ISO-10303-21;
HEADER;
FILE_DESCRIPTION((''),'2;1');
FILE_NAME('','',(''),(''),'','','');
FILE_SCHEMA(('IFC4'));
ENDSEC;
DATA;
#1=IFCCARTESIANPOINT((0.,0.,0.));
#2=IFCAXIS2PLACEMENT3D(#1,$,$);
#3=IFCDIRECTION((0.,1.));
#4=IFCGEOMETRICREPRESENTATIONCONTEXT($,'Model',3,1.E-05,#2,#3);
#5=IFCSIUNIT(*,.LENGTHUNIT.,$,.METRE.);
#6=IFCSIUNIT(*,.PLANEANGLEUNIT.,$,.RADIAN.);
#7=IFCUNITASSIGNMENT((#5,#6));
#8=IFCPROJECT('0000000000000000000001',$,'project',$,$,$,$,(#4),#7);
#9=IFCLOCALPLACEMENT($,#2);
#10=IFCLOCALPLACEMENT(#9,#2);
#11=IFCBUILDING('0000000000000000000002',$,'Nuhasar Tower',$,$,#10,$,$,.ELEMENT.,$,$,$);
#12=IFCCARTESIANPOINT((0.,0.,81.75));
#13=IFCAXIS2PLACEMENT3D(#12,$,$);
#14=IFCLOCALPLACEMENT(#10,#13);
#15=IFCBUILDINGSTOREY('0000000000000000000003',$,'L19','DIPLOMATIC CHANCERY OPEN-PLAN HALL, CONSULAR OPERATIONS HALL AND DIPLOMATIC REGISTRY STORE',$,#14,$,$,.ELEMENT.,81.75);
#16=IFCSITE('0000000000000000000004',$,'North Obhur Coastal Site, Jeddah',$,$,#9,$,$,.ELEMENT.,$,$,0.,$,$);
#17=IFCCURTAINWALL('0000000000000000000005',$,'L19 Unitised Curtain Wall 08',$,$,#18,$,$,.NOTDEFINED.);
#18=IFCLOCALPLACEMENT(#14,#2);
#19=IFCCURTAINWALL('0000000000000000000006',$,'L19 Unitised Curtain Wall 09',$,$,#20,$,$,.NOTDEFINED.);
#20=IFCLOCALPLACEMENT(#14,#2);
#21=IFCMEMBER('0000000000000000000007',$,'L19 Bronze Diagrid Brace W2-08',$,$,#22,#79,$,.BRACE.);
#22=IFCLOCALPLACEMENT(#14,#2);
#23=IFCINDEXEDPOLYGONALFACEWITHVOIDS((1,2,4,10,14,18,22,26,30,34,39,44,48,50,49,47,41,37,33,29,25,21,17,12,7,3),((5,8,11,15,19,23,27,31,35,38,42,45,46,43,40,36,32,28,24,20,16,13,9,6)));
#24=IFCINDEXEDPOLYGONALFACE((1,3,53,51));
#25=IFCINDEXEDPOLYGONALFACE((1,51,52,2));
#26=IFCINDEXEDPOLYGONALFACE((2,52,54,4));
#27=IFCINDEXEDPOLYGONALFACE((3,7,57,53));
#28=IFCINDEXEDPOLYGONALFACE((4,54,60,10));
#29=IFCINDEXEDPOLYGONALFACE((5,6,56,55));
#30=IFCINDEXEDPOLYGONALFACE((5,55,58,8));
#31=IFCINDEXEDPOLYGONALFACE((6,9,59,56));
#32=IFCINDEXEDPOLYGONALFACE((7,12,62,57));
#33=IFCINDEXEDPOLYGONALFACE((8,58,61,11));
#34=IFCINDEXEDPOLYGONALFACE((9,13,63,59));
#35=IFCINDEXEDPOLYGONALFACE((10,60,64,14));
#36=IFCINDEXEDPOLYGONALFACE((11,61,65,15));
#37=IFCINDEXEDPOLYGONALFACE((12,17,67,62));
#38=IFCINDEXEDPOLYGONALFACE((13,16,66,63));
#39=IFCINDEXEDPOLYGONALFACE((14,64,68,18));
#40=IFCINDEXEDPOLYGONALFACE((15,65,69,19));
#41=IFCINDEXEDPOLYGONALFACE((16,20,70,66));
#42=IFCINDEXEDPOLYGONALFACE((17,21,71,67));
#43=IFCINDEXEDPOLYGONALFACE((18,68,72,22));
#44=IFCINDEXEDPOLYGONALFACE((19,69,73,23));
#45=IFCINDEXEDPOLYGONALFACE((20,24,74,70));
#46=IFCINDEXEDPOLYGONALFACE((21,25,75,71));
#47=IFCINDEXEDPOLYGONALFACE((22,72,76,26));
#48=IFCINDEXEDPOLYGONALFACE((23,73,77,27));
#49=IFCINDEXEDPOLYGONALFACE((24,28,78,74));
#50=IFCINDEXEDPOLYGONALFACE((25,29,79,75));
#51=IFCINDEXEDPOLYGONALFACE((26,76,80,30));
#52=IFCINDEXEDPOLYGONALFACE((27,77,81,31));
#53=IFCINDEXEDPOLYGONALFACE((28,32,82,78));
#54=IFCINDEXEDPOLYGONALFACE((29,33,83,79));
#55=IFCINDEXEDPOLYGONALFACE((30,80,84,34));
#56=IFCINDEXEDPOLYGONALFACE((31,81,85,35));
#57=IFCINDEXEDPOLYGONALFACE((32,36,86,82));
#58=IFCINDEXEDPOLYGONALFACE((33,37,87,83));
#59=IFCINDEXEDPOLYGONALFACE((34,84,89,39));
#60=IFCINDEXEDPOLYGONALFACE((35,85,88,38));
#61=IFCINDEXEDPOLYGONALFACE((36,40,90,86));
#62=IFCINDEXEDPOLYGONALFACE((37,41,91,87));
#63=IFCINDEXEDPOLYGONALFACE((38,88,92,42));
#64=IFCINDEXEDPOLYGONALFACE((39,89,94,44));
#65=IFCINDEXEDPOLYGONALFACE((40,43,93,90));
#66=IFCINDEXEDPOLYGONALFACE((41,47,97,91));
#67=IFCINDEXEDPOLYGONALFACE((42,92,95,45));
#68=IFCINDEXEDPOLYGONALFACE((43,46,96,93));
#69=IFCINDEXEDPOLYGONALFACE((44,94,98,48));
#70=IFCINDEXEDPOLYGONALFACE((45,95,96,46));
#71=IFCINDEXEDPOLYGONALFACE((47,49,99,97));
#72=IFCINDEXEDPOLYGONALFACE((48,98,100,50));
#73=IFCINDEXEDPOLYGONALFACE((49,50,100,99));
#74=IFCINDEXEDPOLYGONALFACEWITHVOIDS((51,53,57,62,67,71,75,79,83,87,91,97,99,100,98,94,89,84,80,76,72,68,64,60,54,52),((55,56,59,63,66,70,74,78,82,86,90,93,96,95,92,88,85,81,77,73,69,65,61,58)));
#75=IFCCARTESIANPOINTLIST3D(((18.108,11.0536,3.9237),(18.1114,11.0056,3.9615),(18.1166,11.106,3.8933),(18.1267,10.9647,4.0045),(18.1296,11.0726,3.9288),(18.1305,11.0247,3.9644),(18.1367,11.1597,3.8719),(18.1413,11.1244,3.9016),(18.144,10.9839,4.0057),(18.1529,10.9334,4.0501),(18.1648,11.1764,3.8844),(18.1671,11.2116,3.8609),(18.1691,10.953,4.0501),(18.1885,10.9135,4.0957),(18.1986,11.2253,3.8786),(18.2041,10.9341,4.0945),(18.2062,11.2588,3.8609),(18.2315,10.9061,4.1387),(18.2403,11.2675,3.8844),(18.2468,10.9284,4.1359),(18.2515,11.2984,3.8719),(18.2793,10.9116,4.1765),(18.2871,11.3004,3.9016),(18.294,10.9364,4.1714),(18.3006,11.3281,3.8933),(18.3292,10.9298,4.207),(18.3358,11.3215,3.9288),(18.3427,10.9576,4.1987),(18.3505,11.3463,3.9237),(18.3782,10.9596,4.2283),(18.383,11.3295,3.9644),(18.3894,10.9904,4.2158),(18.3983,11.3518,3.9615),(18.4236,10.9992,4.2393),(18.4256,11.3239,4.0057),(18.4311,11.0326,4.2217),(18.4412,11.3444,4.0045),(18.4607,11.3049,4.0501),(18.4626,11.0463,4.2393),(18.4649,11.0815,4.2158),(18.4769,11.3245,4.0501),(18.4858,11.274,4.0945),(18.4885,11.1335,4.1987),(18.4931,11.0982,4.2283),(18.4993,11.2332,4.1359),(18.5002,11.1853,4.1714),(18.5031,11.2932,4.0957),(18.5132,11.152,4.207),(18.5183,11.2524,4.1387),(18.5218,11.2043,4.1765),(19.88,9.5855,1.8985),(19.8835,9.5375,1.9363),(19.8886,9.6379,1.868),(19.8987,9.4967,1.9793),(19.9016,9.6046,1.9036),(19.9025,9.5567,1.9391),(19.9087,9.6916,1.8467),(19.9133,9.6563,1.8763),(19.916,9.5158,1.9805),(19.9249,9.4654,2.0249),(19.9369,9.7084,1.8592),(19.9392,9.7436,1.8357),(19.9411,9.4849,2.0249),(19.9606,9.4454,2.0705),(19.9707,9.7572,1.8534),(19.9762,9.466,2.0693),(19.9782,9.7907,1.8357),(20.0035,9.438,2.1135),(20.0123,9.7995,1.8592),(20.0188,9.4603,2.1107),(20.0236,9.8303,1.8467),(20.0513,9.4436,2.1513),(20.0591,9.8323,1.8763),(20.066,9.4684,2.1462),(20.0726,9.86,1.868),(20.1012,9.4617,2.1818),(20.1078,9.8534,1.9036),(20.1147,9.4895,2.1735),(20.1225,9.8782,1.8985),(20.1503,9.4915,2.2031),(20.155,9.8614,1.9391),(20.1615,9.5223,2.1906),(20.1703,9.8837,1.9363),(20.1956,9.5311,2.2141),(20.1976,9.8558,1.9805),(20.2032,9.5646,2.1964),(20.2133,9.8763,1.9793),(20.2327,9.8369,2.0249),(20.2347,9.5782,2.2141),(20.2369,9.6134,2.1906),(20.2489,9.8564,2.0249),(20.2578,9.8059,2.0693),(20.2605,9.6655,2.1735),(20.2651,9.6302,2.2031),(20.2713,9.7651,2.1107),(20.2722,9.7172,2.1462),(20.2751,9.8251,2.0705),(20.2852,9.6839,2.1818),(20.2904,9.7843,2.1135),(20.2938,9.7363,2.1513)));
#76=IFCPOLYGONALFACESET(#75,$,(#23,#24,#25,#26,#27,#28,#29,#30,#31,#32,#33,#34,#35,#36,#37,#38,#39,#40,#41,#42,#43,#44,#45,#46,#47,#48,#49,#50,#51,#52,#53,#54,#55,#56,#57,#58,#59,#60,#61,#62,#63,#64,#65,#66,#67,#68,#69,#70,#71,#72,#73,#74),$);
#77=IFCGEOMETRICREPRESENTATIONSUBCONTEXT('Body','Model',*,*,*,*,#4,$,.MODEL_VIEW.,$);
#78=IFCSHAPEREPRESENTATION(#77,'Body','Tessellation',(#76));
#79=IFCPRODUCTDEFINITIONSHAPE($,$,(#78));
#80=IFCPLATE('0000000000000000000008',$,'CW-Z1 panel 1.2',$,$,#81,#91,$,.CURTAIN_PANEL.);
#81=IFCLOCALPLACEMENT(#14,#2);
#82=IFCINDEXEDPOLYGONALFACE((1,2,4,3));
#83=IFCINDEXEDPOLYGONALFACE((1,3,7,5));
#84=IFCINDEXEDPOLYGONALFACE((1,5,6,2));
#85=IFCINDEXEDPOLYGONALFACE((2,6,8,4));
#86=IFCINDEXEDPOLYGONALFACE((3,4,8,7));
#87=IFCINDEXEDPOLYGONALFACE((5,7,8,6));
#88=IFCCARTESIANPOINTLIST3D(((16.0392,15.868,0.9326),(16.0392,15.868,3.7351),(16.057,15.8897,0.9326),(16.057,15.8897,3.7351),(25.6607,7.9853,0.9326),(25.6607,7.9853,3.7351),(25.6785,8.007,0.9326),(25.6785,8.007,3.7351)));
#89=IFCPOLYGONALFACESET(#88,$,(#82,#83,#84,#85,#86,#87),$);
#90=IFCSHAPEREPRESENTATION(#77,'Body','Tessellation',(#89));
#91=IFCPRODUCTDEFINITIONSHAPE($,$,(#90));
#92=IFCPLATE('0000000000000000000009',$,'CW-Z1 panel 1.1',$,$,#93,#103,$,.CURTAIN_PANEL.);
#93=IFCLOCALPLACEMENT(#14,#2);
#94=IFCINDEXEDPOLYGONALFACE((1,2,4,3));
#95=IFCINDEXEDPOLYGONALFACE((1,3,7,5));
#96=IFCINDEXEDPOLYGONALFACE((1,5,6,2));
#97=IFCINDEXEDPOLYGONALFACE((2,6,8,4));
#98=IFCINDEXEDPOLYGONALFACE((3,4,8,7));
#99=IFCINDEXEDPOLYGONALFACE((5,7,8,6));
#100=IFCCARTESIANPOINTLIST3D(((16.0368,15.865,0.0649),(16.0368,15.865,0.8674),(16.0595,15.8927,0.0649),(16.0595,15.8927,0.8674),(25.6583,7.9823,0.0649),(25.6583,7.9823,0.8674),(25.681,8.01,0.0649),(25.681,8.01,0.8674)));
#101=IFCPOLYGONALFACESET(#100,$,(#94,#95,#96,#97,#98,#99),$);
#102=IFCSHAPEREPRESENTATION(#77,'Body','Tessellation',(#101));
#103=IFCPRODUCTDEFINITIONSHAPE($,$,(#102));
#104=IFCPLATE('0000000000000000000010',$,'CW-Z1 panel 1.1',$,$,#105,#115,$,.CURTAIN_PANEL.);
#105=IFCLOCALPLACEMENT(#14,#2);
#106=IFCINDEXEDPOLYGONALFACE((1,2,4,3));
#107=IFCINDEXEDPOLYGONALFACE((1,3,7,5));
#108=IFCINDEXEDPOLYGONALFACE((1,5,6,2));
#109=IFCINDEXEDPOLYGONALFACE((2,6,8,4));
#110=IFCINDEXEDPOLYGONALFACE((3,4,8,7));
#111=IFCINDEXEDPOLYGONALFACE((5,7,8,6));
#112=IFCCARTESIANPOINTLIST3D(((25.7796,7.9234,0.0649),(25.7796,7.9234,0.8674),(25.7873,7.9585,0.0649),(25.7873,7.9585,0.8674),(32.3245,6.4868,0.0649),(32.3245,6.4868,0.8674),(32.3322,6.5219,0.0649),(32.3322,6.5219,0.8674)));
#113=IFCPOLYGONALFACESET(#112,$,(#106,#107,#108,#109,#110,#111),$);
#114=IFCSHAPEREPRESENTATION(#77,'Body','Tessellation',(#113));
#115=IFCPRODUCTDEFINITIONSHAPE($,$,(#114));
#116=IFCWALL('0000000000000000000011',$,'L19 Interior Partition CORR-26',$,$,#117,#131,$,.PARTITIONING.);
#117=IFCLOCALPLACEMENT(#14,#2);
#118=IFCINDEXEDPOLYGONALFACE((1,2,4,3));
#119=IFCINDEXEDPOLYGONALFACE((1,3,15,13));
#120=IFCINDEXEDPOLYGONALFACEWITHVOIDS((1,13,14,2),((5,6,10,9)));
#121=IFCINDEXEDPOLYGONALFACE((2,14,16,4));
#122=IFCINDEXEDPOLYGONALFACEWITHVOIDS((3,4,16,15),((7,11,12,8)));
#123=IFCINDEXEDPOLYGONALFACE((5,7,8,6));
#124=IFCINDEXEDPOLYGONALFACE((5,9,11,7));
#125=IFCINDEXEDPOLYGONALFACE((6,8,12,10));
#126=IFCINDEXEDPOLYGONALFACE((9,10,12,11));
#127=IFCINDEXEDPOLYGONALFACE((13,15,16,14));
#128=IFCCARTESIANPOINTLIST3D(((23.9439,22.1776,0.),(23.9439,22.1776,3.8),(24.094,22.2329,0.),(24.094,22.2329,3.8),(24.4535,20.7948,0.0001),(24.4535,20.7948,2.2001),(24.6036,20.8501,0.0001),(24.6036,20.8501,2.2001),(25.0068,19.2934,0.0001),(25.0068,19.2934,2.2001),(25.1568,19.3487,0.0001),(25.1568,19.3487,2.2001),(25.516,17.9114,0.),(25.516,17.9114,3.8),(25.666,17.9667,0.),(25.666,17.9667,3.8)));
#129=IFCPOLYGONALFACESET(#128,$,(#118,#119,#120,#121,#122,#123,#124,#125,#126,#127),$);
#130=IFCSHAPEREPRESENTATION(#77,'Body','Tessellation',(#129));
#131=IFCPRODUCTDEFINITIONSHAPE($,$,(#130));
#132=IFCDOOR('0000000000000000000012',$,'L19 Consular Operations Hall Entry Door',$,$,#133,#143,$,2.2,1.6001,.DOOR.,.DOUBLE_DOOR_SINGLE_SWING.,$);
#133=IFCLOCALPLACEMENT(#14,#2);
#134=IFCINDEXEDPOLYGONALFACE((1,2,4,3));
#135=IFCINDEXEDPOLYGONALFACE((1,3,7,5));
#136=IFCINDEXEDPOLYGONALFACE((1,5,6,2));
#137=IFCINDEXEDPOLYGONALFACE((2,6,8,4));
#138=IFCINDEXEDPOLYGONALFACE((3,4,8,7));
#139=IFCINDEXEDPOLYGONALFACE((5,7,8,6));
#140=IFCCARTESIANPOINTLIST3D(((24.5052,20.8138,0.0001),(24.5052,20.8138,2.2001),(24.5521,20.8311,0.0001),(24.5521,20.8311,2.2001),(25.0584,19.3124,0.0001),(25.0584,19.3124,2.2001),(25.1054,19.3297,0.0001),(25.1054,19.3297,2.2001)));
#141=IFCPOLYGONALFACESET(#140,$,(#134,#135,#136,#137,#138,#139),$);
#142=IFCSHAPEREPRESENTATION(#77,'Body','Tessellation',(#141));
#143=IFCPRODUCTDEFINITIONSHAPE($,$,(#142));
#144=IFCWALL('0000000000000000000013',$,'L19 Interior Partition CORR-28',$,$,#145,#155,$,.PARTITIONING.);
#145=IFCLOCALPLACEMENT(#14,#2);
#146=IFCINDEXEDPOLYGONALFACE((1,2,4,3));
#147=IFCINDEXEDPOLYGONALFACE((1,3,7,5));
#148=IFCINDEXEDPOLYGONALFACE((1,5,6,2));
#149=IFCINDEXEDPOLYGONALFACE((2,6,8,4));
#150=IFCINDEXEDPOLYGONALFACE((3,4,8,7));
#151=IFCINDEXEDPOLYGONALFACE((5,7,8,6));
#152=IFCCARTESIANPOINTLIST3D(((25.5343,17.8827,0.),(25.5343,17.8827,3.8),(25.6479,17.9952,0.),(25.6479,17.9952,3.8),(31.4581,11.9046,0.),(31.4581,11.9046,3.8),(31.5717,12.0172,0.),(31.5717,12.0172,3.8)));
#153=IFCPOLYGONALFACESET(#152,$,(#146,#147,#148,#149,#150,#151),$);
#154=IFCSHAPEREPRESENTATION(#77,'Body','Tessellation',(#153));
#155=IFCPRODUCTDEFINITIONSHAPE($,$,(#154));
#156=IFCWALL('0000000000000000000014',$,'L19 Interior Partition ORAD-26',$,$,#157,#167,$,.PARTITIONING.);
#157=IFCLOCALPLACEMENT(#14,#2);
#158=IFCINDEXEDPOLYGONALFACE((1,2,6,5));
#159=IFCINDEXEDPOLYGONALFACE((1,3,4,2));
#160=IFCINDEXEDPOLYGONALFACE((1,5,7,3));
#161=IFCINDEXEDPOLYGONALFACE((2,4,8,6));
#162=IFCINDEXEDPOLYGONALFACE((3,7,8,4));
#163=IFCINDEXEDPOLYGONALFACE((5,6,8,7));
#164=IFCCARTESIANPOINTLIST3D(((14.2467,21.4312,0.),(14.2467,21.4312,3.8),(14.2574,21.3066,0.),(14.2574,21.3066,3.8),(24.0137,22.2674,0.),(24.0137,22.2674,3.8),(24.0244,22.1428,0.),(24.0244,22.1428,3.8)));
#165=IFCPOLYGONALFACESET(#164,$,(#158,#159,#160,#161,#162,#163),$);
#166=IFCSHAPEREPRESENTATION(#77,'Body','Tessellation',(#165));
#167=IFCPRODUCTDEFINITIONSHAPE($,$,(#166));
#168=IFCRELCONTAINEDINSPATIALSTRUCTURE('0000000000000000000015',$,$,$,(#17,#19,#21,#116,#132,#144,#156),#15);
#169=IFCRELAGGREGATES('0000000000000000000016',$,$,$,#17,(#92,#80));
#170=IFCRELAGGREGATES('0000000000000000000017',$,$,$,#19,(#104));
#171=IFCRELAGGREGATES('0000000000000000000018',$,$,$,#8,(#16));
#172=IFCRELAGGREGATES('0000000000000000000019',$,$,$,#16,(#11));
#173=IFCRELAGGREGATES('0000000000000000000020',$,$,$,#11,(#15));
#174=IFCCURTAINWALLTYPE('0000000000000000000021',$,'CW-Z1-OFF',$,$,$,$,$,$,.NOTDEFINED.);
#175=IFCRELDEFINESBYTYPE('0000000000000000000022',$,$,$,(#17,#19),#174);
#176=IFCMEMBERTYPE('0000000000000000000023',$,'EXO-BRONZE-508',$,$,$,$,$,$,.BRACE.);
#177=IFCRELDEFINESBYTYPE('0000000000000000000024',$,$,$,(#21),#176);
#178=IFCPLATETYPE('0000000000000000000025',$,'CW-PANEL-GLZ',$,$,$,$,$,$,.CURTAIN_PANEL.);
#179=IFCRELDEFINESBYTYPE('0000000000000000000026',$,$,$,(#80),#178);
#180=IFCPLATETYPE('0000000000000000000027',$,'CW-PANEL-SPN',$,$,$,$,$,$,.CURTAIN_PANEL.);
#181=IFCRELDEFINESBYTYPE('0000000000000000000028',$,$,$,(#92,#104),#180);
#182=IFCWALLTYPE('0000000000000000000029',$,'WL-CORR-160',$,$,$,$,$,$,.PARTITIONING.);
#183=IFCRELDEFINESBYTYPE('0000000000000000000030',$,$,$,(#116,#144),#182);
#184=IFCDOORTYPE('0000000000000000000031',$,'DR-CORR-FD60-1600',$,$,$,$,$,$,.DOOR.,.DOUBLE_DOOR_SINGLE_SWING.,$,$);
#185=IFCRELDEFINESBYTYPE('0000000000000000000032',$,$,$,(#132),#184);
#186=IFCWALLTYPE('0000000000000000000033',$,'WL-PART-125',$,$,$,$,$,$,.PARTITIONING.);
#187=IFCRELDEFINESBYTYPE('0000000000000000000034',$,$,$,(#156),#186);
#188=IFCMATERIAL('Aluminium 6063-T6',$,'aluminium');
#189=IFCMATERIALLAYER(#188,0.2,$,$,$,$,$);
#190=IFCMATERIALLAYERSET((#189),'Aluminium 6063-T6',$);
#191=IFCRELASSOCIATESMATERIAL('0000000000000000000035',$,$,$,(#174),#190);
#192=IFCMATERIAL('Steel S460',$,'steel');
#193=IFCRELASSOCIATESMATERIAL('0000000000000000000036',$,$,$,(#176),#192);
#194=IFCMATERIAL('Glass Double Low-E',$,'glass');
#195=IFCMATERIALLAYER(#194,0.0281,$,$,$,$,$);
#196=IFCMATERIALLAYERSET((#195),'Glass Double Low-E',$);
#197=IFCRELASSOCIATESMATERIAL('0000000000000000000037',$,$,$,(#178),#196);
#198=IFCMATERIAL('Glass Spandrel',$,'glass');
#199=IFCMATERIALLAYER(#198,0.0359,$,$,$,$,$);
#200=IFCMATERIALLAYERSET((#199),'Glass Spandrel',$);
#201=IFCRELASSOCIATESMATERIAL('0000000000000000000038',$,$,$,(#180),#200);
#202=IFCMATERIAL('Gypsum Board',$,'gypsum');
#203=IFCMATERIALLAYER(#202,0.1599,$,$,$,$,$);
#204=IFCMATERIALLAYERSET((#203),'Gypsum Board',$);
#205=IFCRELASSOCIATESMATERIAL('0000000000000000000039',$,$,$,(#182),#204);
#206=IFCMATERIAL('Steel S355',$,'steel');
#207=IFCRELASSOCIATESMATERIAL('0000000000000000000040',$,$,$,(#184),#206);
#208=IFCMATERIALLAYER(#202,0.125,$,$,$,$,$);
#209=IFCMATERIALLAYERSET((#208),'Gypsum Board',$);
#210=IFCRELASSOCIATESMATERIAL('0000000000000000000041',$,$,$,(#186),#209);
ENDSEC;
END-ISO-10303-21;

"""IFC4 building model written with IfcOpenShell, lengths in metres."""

from ifc_helpers import new_model, si_unit, direction, frame, frame_2d, origin, origin_2d, place, context, subcontext, project, spatial, rectangle, hollow_circle, extrude, material, layer, layer_set, material_profile, profile_set, type_object, element, fill, aggregate, save


model = new_model("IFC4")

# Units and contexts
model_context = context("Model", 3, precision=1e-05, world=origin(), true_north=direction((0.0, 1.0)))
body_context = subcontext(model_context, "Body", "Model", "MODEL_VIEW")
ifc_project = project(units=[si_unit("LENGTHUNIT", "METRE"), si_unit("PLANEANGLEUNIT", "RADIAN")], contexts=[model_context])

# Site, building, storey
site_placement = place(None, origin())
site = spatial("IfcSite", under=ifc_project, at=site_placement, Name="North Obhur Coastal Site, Jeddah", CompositionType="ELEMENT", RefElevation=0.0)
building_placement = place(site_placement, origin())
building = spatial("IfcBuilding", under=site, at=building_placement, Name="Nuhasar Tower", CompositionType="ELEMENT")
storey_placement = place(building_placement, frame((0.0, 0.0, 81.75)))
storey = spatial("IfcBuildingStorey", under=building, at=storey_placement, Name="L19", Description="DIPLOMATIC CHANCERY OPEN-PLAN HALL, CONSULAR OPERATIONS HALL AND DIPLOMATIC REGISTRY STORE", CompositionType="ELEMENT", Elevation=81.75)

# Shared definitions
ifc_material_1 = material(Name="Steel S355", Category="steel")

# Curtain wall
ifc_material_2 = material(Name="Aluminium 6063-T6", Category="aluminium")
ifc_layer_1 = layer(ifc_material_2, 0.2)
ifc_layer_set_1 = layer_set([ifc_layer_1], Name="Aluminium 6063-T6")
curtain_wall_type = type_object("IfcCurtainWallType", Name="CW-Z1-OFF", PredefinedType="NOTDEFINED", material=ifc_layer_set_1)
curtain_wall_1_placement = place(storey_placement, origin())
curtain_wall_1 = element("IfcCurtainWall", 1, at=curtain_wall_1_placement, inside=storey, type_object=curtain_wall_type, Name="L19 Unitised Curtain Wall 08", PredefinedType="NOTDEFINED")

# Curtain wall
curtain_wall_2_placement = place(storey_placement, origin())
curtain_wall_2 = element("IfcCurtainWall", 2, at=curtain_wall_2_placement, inside=storey, type_object=curtain_wall_type, Name="L19 Unitised Curtain Wall 09", PredefinedType="NOTDEFINED")

# Member
ifc_material_3 = material(Name="Steel S460", Category="steel")
ifc_material_profile_1 = material_profile(ifc_material_3, hollow_circle(Radius=0.2539, WallThickness=0.0254, at=origin_2d()), Name="HSS508X25.4")
ifc_profile_set_1 = profile_set([ifc_material_profile_1], Name="Steel S460")
member_type_1 = type_object("IfcMemberType", Name="EXO-BRONZE-508", PredefinedType="BRACE", material=ifc_profile_set_1)
member_1_placement = place(storey_placement, frame((20.0869, 9.6609, 2.0249), z_axis=(-0.578071, 0.478912, 0.660664), x_axis=(-0.637969, -0.770062, 0.0)))
element("IfcMember", 3, at=member_1_placement, inside=storey, type_object=member_type_1, Name="L19 Bronze Diagrid Brace W2-08", PredefinedType="BRACE", context=body_context, shape_type="SweptSolid", body=[
    extrude(hollow_circle(Radius=0.2539, WallThickness=0.0254, at=origin_2d()), origin(), (0.0, 0.0, 1.0), 3.0654),
])

# Plates
ifc_material_4 = material(Name="Glass Double Low-E", Category="glass")
ifc_layer_2 = layer(ifc_material_4, 0.0281)
ifc_layer_set_2 = layer_set([ifc_layer_2], Name="Glass Double Low-E")
plate_type_1 = type_object("IfcPlateType", Name="CW-PANEL-GLZ", PredefinedType="CURTAIN_PANEL", material=ifc_layer_set_2)
plate_1_placement = place(storey_placement, frame((20.8589, 11.9375, 0.9326), z_axis=(0.0, 0.0, 1.0), x_axis=(0.773542, -0.633745, 0.0)))
plate_1 = element("IfcPlate", 4, at=plate_1_placement, type_object=plate_type_1, Name="CW-Z1 panel 1.2", PredefinedType="CURTAIN_PANEL", context=body_context, shape_type="SweptSolid", body=[
    extrude(rectangle(XDim=12.4382, YDim=0.0281, at=origin_2d()), origin(), (0.0, 0.0, 1.0), 2.8025),
])
ifc_material_5 = material(Name="Glass Spandrel", Category="glass")
ifc_layer_3 = layer(ifc_material_5, 0.0359)
ifc_layer_set_3 = layer_set([ifc_layer_3], Name="Glass Spandrel")
plate_type_2 = type_object("IfcPlateType", Name="CW-PANEL-SPN", PredefinedType="CURTAIN_PANEL", material=ifc_layer_set_3)
plate_2_placement = place(storey_placement, frame((20.8589, 11.9375, 0.0649), z_axis=(0.0, 0.0, 1.0), x_axis=(0.773542, -0.633745, 0.0)))
plate_2 = element("IfcPlate", 5, at=plate_2_placement, type_object=plate_type_2, Name="CW-Z1 panel 1.1", PredefinedType="CURTAIN_PANEL", context=body_context, shape_type="SweptSolid", body=[
    extrude(rectangle(XDim=12.4382, YDim=0.0359, at=origin_2d()), origin(), (0.0, 0.0, 1.0), 0.8025),
])
aggregate(curtain_wall_1, [plate_2, plate_1])
plate_3_placement = place(storey_placement, frame((29.0559, 7.2227, 0.0649), z_axis=(0.0, 0.0, 1.0), x_axis=(0.976746, -0.214399, 0.0)))
plate_3 = element("IfcPlate", 6, at=plate_3_placement, type_object=plate_type_2, Name="CW-Z1 panel 1.1", PredefinedType="CURTAIN_PANEL", context=body_context, shape_type="SweptSolid", body=[
    extrude(rectangle(XDim=6.7007, YDim=0.0359, at=origin_2d()), origin(), (0.0, 0.0, 1.0), 0.8025),
])
aggregate(curtain_wall_2, [plate_3])

# Wall, opening, door
ifc_material_6 = material(Name="Gypsum Board", Category="gypsum")
ifc_layer_4 = layer(ifc_material_6, 0.1599)
ifc_layer_set_4 = layer_set([ifc_layer_4], Name="Gypsum Board")
wall_type_1 = type_object("IfcWallType", Name="WL-CORR-160", PredefinedType="PARTITIONING", material=ifc_layer_set_4)
wall_1_placement = place(storey_placement, frame((25.5911, 17.939, 0.0), z_axis=(0.0, 0.0, 1.0), x_axis=(-0.345763, 0.938322, 0.0)))
wall_1 = element("IfcWall", 7, at=wall_1_placement, inside=storey, type_object=wall_type_1, Name="L19 Interior Partition CORR-26", PredefinedType="PARTITIONING", context=body_context, shape_type="SweptSolid", body=[
    extrude(rectangle(XDim=4.5466, YDim=0.1599, at=frame_2d((2.2734, 0.0))), origin(), (0.0, 0.0, 1.0), 3.8),
])
opening_placement = place(wall_1_placement, frame((1.4729, 0.0, 0.0)))
opening = element("IfcOpeningElement", 8, at=opening_placement, cuts=wall_1, PredefinedType="OPENING", context=body_context, shape_type="SweptSolid", body=[
    extrude(rectangle(XDim=1.6001, YDim=2.2, at=frame_2d((0.8, 1.1001))), frame((0.0, 0.0898, 0.0), z_axis=(0.0, -1.0, 0.0), x_axis=(1.0, 0.0, 0.0)), (0.0, 0.0, 1.0), 0.1799),
])
door_type = type_object("IfcDoorType", Name="DR-CORR-FD60-1600", OperationType="DOUBLE_DOOR_SINGLE_SWING", PredefinedType="DOOR", material=ifc_material_1)
door_placement = place(opening_placement, origin())
door = element("IfcDoor", 9, at=door_placement, inside=storey, type_object=door_type, Name="L19 Consular Operations Hall Entry Door", OperationType="DOUBLE_DOOR_SINGLE_SWING", OverallHeight=2.2, OverallWidth=1.6001, PredefinedType="DOOR", context=body_context, shape_type="SweptSolid", body=[
    extrude(rectangle(XDim=1.6001, YDim=2.2, at=frame_2d((0.8, 1.1001))), frame((0.0, 0.0249, 0.0), z_axis=(0.0, -1.0, 0.0), x_axis=(1.0, 0.0, 0.0)), (0.0, 0.0, 1.0), 0.05),
])
fill(opening, door)

# Walls
wall_2_placement = place(storey_placement, frame((25.5911, 17.939, 0.0), z_axis=(0.0, 0.0, 1.0), x_axis=(0.703879, -0.710319, 0.0)))
element("IfcWall", 10, at=wall_2_placement, inside=storey, type_object=wall_type_1, Name="L19 Interior Partition CORR-28", PredefinedType="PARTITIONING", context=body_context, shape_type="SweptSolid", body=[
    extrude(rectangle(XDim=8.416, YDim=0.1599, at=frame_2d((4.208, 0.0))), origin(), (0.0, 0.0, 1.0), 3.8),
])
ifc_layer_5 = layer(ifc_material_6, 0.125)
ifc_layer_set_5 = layer_set([ifc_layer_5], Name="Gypsum Board")
wall_type_2 = type_object("IfcWallType", Name="WL-PART-125", PredefinedType="PARTITIONING", material=ifc_layer_set_5)
wall_3_placement = place(storey_placement, frame((24.019, 22.2051, 0.0), z_axis=(0.0, 0.0, 1.0), x_axis=(-0.996355, -0.0853, 0.0)))
element("IfcWall", 11, at=wall_3_placement, inside=storey, type_object=wall_type_2, Name="L19 Interior Partition ORAD-26", PredefinedType="PARTITIONING", context=body_context, shape_type="SweptSolid", body=[
    extrude(rectangle(XDim=9.8027, YDim=0.125, at=frame_2d((4.9014, 0.0))), origin(), (0.0, 0.0, 1.0), 3.8),
])

save(model, "model.ifc")
